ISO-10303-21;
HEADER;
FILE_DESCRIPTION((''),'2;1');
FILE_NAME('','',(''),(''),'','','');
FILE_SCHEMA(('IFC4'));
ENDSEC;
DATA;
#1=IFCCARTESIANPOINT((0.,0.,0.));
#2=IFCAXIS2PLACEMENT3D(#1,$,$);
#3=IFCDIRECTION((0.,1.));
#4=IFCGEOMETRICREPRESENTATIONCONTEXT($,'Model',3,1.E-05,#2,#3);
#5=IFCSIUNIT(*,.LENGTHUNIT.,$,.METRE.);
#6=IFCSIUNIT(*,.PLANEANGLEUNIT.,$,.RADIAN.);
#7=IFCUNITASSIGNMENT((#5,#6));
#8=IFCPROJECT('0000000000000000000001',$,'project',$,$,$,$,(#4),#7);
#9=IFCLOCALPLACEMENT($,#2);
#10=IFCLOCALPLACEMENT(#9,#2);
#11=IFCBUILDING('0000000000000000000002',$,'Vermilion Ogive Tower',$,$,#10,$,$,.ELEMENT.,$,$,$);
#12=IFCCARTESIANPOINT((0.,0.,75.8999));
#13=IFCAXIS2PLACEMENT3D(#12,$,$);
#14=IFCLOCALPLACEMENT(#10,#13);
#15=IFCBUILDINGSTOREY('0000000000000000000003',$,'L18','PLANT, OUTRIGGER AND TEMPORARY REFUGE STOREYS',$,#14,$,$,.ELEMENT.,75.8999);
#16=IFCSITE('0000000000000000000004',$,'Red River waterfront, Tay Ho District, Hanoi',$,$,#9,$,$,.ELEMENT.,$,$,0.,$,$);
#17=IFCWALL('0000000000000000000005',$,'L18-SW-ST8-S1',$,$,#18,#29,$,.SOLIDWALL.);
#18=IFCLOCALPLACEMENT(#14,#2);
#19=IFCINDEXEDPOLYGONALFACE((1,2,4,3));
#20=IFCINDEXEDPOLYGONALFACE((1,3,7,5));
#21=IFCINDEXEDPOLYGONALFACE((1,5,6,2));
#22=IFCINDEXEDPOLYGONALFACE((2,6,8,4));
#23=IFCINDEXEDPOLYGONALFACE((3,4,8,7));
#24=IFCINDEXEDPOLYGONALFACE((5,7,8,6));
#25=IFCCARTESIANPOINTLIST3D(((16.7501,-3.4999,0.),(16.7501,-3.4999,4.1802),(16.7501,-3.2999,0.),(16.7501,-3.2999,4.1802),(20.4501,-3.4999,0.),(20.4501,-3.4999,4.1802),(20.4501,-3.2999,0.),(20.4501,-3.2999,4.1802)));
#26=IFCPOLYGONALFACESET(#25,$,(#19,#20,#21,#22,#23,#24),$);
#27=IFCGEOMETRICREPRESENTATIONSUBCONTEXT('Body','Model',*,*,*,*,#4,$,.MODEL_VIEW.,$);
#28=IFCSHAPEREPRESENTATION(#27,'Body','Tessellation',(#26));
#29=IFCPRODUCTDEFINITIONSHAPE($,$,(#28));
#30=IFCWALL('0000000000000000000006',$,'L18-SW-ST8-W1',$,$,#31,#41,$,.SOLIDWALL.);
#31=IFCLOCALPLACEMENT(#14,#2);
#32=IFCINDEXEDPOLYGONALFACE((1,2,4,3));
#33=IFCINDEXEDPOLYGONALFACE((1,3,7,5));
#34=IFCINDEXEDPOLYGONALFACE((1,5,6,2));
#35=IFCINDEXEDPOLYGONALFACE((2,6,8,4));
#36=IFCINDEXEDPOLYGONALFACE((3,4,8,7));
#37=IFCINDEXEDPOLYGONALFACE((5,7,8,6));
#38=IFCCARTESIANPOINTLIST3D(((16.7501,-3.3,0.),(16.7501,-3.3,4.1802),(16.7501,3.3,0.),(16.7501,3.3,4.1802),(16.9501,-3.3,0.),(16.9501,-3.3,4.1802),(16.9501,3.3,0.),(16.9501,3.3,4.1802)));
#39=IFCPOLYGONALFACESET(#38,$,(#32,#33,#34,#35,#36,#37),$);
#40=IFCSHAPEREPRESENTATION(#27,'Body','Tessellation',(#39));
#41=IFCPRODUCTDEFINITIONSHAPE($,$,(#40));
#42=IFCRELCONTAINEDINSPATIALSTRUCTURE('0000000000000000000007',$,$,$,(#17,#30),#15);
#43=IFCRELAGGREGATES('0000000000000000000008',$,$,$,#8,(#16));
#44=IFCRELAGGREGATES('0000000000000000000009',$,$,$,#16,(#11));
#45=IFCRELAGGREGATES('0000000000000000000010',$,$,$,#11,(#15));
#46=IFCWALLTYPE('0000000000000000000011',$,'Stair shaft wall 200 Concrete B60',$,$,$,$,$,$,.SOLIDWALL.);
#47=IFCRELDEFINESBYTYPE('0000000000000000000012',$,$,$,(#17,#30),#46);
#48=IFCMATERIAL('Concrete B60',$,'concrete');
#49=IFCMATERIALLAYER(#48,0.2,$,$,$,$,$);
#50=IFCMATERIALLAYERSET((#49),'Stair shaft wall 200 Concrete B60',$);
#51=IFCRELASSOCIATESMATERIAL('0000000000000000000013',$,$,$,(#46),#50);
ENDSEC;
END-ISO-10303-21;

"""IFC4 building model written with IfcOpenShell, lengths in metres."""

from ifc_helpers import new_model, si_unit, direction, frame, frame_2d, origin, place, context, subcontext, project, spatial, rectangle, extrude, material, layer, layer_set, type_object, element, save


model = new_model("IFC4")

# Units and contexts
model_context = context("Model", 3, precision=1e-05, world=origin(), true_north=direction((0.0, 1.0)))
body_context = subcontext(model_context, "Body", "Model", "MODEL_VIEW")
ifc_project = project(units=[si_unit("LENGTHUNIT", "METRE"), si_unit("PLANEANGLEUNIT", "RADIAN")], contexts=[model_context])

# Site, building, storey
site_placement = place(None, origin())
site = spatial("IfcSite", under=ifc_project, at=site_placement, Name="Red River waterfront, Tay Ho District, Hanoi", CompositionType="ELEMENT", RefElevation=0.0)
building_placement = place(site_placement, origin())
building = spatial("IfcBuilding", under=site, at=building_placement, Name="Vermilion Ogive Tower", CompositionType="ELEMENT")
storey_placement = place(building_placement, frame((0.0, 0.0, 75.8999)))
storey = spatial("IfcBuildingStorey", under=building, at=storey_placement, Name="L18", Description="PLANT, OUTRIGGER AND TEMPORARY REFUGE STOREYS", CompositionType="ELEMENT", Elevation=75.8999)

# Walls
ifc_material_1 = material(Name="Concrete B60", Category="concrete")
ifc_layer_1 = layer(ifc_material_1, 0.2)
ifc_layer_set_1 = layer_set([ifc_layer_1], Name="Stair shaft wall 200 Concrete B60")
wall_type_1 = type_object("IfcWallType", Name="Stair shaft wall 200 Concrete B60", PredefinedType="SOLIDWALL", material=ifc_layer_set_1)
wall_1_placement = place(storey_placement, frame((16.75, -3.3999, 0.0), z_axis=(0.0, 0.0, 1.0), x_axis=(1.0, 0.0, 0.0)))
element("IfcWall", 1, at=wall_1_placement, inside=storey, type_object=wall_type_1, Name="L18-SW-ST8-S1", PredefinedType="SOLIDWALL", context=body_context, shape_type="SweptSolid", body=[
    extrude(rectangle(XDim=3.7, YDim=0.2, at=frame_2d((1.8501, 0.0))), origin(), (0.0, 0.0, 1.0), 4.1802),
])
wall_2_placement = place(storey_placement, frame((16.8501, -3.3, 0.0), z_axis=(0.0, 0.0, 1.0), x_axis=(0.0, 1.0, 0.0)))
element("IfcWall", 2, at=wall_2_placement, inside=storey, type_object=wall_type_1, Name="L18-SW-ST8-W1", PredefinedType="SOLIDWALL", context=body_context, shape_type="SweptSolid", body=[
    extrude(rectangle(XDim=6.6001, YDim=0.2, at=frame_2d((3.3, 0.0))), origin(), (0.0, 0.0, 1.0), 4.1802),
])

save(model, "model.ifc")
